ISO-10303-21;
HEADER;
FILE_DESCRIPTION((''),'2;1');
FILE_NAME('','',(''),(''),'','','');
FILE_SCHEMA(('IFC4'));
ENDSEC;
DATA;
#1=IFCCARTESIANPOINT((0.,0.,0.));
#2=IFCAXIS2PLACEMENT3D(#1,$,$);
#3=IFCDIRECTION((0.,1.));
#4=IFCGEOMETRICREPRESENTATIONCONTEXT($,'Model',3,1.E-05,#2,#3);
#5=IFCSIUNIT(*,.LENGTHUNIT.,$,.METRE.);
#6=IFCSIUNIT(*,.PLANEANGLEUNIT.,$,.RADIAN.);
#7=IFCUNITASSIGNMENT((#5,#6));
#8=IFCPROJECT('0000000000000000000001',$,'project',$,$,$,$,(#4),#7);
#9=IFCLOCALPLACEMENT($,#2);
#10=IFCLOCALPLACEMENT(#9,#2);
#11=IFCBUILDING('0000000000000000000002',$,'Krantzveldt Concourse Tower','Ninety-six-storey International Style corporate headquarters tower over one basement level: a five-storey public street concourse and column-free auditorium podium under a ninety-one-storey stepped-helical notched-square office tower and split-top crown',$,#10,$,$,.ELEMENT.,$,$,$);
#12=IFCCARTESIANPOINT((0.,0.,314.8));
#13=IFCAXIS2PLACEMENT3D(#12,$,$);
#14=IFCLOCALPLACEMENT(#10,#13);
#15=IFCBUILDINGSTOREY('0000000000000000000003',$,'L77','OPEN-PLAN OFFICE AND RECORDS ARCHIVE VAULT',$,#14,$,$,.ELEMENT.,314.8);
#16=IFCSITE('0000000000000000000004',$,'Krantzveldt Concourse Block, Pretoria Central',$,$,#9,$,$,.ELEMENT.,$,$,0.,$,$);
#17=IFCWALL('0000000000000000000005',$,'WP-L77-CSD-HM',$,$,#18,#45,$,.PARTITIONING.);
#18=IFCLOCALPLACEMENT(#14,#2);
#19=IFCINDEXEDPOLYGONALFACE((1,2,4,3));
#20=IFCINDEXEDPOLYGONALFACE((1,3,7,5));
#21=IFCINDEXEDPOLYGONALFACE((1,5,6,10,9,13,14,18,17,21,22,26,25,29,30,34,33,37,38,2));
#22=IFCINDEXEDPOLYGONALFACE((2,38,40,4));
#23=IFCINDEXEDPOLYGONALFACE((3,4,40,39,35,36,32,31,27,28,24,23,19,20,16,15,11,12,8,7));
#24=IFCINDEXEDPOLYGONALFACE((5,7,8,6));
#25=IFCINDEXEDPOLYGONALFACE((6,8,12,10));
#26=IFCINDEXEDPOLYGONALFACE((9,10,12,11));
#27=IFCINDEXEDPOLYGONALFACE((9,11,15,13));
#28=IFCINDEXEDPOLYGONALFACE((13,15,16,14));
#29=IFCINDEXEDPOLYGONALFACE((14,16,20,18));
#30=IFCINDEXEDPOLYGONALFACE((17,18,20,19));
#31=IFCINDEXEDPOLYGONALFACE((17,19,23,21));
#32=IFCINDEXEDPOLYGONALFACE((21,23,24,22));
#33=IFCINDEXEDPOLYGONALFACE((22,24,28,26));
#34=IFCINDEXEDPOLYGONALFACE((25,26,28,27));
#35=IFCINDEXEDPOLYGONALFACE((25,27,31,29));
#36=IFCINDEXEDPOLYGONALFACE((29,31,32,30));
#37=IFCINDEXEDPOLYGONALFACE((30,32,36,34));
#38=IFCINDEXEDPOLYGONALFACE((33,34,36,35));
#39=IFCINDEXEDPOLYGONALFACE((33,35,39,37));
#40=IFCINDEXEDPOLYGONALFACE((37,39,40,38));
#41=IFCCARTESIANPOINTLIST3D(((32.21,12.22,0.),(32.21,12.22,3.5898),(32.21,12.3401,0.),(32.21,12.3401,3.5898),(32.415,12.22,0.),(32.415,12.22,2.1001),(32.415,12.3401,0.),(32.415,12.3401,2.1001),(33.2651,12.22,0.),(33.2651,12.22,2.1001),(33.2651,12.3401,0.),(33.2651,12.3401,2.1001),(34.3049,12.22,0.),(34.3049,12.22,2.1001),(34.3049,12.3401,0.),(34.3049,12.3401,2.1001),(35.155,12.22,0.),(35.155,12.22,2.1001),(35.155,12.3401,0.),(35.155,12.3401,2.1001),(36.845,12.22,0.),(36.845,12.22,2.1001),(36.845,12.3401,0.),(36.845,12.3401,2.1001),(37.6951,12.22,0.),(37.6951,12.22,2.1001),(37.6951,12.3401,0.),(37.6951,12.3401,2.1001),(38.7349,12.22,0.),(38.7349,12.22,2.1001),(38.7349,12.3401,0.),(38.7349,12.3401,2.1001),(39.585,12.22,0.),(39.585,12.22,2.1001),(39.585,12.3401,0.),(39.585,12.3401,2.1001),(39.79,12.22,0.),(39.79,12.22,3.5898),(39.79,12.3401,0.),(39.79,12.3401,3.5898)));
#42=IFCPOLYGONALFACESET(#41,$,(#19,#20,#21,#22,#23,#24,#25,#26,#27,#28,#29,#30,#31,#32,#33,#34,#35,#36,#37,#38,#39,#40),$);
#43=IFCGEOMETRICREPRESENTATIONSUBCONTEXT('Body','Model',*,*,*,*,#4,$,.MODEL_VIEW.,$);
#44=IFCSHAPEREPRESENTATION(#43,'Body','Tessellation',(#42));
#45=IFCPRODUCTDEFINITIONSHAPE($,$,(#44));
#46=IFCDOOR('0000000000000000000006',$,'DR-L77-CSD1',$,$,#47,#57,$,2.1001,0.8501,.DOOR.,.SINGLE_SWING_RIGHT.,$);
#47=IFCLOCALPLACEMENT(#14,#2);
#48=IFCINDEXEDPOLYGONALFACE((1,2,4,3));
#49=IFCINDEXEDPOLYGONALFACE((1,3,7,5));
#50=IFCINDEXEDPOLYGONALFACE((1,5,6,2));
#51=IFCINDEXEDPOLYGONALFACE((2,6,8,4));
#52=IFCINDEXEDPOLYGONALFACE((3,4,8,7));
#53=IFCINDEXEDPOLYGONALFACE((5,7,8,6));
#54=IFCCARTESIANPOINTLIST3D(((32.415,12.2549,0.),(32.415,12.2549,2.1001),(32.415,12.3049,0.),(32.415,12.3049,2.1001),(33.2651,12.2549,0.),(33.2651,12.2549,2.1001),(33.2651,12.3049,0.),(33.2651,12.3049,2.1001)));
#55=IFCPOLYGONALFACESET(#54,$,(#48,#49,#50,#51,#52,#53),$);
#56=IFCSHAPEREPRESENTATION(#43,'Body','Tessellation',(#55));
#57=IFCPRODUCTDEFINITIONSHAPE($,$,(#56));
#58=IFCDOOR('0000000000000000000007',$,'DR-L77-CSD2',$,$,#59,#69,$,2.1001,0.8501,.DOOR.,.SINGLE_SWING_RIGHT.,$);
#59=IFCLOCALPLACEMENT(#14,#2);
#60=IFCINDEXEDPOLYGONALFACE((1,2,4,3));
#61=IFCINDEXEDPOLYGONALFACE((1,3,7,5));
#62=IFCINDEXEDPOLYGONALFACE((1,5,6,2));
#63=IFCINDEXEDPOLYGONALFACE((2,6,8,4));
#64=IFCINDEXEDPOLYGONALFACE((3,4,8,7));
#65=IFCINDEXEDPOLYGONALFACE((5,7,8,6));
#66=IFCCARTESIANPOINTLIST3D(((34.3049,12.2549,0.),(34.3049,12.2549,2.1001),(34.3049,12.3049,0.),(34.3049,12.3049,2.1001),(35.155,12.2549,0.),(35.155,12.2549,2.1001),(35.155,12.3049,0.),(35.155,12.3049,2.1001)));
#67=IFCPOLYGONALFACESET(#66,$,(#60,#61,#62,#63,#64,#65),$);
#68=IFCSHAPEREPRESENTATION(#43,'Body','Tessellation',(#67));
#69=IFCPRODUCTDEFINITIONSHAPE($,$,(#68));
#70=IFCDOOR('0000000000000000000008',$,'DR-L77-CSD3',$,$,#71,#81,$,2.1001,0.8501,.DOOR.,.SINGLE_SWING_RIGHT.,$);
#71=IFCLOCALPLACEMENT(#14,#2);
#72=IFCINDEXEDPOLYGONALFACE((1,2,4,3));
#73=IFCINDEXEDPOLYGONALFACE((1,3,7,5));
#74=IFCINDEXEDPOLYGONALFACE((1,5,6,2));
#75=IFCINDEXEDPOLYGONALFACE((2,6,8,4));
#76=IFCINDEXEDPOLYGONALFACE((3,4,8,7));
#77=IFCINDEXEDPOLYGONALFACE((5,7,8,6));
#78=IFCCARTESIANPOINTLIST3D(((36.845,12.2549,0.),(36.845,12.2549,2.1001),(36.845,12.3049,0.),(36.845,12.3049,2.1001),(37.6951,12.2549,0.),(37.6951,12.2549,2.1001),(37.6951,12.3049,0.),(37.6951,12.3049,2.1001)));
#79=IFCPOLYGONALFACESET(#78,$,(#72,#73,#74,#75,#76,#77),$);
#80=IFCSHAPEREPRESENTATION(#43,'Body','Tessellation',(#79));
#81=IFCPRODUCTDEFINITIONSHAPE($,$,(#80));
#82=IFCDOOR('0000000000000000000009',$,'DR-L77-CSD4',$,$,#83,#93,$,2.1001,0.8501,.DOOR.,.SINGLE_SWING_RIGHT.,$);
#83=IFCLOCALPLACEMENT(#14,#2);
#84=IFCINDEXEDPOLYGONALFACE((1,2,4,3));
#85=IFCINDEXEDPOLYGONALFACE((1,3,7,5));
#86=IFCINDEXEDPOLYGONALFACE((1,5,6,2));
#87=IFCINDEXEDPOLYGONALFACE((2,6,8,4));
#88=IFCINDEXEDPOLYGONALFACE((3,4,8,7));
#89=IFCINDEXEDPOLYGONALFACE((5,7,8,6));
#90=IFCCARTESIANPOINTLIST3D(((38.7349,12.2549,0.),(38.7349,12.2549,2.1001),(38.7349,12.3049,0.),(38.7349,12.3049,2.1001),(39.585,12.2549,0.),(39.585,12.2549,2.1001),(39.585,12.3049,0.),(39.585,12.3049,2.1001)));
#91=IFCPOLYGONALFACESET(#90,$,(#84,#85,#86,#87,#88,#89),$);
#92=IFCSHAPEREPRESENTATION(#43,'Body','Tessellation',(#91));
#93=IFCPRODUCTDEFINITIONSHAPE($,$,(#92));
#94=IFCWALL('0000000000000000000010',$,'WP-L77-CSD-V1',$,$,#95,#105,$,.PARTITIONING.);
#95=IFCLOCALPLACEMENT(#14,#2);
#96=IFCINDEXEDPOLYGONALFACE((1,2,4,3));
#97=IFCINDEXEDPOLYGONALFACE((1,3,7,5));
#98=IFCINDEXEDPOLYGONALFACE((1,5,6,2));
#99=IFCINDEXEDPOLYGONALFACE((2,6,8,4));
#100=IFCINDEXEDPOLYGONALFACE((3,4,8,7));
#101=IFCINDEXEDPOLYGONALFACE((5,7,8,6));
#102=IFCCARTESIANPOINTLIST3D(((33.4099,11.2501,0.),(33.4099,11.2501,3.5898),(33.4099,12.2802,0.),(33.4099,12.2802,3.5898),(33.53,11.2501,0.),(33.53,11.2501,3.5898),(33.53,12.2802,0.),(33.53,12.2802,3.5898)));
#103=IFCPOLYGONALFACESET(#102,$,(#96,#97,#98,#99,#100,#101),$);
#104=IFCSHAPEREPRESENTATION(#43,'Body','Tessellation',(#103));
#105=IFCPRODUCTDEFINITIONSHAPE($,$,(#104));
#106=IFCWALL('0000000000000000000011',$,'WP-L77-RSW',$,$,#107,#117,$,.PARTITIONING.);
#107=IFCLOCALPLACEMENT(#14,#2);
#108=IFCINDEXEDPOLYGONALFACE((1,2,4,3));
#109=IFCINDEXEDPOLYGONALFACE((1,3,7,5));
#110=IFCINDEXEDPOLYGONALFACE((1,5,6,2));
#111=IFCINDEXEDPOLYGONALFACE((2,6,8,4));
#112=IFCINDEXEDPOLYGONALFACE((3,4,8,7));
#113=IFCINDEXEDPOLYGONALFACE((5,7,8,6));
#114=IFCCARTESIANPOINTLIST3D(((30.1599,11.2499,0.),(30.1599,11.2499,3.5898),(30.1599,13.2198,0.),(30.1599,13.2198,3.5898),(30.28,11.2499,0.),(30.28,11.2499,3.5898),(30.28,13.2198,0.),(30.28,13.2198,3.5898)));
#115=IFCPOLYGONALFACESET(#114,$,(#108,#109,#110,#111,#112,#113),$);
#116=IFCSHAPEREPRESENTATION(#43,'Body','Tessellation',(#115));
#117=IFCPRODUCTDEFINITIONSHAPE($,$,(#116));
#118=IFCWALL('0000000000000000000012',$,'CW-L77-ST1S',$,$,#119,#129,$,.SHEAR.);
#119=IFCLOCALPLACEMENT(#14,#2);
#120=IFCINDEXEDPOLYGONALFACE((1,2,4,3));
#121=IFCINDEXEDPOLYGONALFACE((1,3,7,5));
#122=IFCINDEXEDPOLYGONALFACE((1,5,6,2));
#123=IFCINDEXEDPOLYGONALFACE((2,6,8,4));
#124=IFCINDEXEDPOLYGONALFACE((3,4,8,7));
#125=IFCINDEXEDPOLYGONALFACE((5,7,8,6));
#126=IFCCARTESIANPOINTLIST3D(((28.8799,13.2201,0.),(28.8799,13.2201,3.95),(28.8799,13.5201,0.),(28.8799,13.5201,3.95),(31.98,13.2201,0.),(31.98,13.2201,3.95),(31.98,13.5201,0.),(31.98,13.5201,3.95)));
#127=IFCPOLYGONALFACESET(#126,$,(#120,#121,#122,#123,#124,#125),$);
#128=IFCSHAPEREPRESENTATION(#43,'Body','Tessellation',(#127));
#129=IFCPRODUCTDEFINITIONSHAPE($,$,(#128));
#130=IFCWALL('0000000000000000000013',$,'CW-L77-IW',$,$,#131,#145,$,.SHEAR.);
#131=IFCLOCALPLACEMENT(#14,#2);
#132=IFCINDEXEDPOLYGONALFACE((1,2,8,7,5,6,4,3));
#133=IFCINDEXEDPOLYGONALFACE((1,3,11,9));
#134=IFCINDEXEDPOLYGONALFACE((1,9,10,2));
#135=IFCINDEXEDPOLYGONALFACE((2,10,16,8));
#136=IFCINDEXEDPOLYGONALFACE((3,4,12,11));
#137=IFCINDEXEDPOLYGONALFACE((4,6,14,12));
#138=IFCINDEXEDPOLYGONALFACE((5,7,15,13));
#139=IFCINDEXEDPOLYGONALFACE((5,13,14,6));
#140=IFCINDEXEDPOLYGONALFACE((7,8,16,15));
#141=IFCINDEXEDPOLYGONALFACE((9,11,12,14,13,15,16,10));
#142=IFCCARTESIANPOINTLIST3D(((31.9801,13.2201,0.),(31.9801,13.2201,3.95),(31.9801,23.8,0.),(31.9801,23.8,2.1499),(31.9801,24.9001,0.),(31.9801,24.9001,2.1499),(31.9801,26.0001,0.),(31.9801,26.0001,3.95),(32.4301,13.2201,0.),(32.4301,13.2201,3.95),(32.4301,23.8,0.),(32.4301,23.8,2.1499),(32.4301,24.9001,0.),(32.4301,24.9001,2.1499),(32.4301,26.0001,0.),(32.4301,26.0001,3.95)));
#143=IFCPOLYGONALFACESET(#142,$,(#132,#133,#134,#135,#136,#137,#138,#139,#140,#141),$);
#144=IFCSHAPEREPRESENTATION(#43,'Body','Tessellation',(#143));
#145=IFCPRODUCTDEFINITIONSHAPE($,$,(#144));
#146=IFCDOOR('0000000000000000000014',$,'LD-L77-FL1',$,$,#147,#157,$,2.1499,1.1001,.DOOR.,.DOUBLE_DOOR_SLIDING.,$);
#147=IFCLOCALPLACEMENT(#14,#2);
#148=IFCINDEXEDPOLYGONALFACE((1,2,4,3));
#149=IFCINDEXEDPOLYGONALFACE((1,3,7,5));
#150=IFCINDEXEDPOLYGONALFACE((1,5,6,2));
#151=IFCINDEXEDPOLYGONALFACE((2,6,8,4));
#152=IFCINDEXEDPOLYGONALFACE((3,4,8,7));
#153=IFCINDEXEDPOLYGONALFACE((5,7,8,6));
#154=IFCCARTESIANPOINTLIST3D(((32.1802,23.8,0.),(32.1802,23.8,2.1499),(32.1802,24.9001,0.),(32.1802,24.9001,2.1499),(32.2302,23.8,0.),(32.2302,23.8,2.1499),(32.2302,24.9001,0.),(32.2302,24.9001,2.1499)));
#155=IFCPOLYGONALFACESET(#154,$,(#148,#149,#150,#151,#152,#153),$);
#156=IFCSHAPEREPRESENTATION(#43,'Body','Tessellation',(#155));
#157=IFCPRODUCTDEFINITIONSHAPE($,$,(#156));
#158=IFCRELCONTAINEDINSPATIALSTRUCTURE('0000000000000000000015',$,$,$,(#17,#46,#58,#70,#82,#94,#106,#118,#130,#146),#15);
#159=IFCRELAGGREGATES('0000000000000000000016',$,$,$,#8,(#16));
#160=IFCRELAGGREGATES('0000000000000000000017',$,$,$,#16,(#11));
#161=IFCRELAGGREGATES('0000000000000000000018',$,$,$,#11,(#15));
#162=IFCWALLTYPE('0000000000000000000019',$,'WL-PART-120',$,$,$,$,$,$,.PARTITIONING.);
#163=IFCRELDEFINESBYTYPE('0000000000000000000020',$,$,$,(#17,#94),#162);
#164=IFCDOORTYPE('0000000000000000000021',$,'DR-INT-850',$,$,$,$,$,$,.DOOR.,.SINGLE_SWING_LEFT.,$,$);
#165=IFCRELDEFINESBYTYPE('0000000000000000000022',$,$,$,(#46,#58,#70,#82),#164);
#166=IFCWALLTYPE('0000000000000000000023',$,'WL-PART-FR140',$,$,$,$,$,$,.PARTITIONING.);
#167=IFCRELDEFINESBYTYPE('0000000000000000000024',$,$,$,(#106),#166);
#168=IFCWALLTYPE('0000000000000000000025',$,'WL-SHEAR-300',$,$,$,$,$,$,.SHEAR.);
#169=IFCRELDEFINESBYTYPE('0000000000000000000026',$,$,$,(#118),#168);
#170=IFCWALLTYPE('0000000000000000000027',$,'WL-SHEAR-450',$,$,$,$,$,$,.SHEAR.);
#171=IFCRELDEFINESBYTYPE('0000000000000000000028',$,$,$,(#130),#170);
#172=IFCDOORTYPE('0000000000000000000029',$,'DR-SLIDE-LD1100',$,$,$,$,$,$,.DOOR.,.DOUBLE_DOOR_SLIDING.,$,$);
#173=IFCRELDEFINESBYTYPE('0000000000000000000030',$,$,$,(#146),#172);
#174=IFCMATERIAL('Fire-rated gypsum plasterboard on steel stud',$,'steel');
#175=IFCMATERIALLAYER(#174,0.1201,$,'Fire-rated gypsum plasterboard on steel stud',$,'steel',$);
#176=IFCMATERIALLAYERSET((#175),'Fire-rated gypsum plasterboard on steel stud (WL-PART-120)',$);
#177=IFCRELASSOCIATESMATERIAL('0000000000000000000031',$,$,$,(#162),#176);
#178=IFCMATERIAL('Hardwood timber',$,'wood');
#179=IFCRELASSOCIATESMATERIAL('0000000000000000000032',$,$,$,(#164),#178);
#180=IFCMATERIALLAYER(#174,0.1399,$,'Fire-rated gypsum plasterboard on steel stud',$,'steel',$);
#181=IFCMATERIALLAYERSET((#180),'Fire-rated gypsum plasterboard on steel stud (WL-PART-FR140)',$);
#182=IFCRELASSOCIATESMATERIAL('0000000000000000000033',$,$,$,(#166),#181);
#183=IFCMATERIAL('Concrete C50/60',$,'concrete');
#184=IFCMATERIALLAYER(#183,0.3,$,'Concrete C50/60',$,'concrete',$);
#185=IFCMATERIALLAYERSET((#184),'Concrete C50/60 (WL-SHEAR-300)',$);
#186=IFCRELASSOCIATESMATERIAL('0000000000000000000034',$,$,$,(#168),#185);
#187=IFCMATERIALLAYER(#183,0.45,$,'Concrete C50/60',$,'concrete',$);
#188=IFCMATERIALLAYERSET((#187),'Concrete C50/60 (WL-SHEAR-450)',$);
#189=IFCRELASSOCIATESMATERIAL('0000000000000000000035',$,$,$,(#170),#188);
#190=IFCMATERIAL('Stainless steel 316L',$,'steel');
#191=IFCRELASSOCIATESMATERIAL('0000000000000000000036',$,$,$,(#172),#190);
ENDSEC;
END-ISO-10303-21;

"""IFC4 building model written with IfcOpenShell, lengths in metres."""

from ifc_helpers import new_model, si_unit, direction, frame, frame_2d, origin, place, context, subcontext, project, spatial, rectangle, extrude, material, layer, layer_set, type_object, element, fill, save


model = new_model("IFC4")

# Units and contexts
model_context = context("Model", 3, precision=1e-05, world=origin(), true_north=direction((0.0, 1.0)))
body_context = subcontext(model_context, "Body", "Model", "MODEL_VIEW")
ifc_project = project(units=[si_unit("LENGTHUNIT", "METRE"), si_unit("PLANEANGLEUNIT", "RADIAN")], contexts=[model_context])

# Site, building, storey
site_placement = place(None, origin())
site = spatial("IfcSite", under=ifc_project, at=site_placement, Name="Krantzveldt Concourse Block, Pretoria Central", CompositionType="ELEMENT", RefElevation=0.0)
building_placement = place(site_placement, origin())
building = spatial("IfcBuilding", under=site, at=building_placement, Name="Krantzveldt Concourse Tower", Description="Ninety-six-storey International Style corporate headquarters tower over one basement level: a five-storey public street concourse and column-free auditorium podium under a ninety-one-storey stepped-helical notched-square office tower and split-top crown", CompositionType="ELEMENT")
storey_placement = place(building_placement, frame((0.0, 0.0, 314.8)))
storey = spatial("IfcBuildingStorey", under=building, at=storey_placement, Name="L77", Description="OPEN-PLAN OFFICE AND RECORDS ARCHIVE VAULT", CompositionType="ELEMENT", Elevation=314.8)

# Shared definitions
ifc_material_1 = material(Name="Fire-rated gypsum plasterboard on steel stud", Category="steel")
ifc_layer_1 = layer(ifc_material_1, 0.1201, Name="Fire-rated gypsum plasterboard on steel stud", Category="steel")
ifc_layer_set_1 = layer_set([ifc_layer_1], Name="Fire-rated gypsum plasterboard on steel stud (WL-PART-120)")
wall_type_1 = type_object("IfcWallType", Name="WL-PART-120", PredefinedType="PARTITIONING", material=ifc_layer_set_1)
ifc_material_2 = material(Name="Hardwood timber", Category="wood")
door_type_1 = type_object("IfcDoorType", Name="DR-INT-850", OperationType="SINGLE_SWING_LEFT", PredefinedType="DOOR", material=ifc_material_2)

# Wall, openings, doors
wall_1_placement = place(storey_placement, frame((32.21, 12.28, 0.0), z_axis=(0.0, 0.0, 1.0), x_axis=(1.0, 0.0, 0.0)))
wall_1 = element("IfcWall", 1, at=wall_1_placement, inside=storey, type_object=wall_type_1, Name="WP-L77-CSD-HM", PredefinedType="PARTITIONING", context=body_context, shape_type="SweptSolid", body=[
    extrude(rectangle(XDim=7.5801, YDim=0.1201, at=frame_2d((3.79, 0.0))), origin(), (0.0, 0.0, 1.0), 3.5898),
])
opening_1_placement = place(wall_1_placement, frame((0.2051, 0.0, 0.0)))
opening_1 = element("IfcOpeningElement", 2, at=opening_1_placement, cuts=wall_1, PredefinedType="OPENING", context=body_context, shape_type="SweptSolid", body=[
    extrude(rectangle(XDim=0.8501, YDim=2.1001, at=frame_2d((0.425, 1.05))), frame((0.0, 0.0701, 0.0), z_axis=(0.0, -1.0, 0.0), x_axis=(1.0, 0.0, 0.0)), (0.0, 0.0, 1.0), 0.1401),
])
opening_2_placement = place(wall_1_placement, frame((2.095, 0.0, 0.0)))
opening_2 = element("IfcOpeningElement", 3, at=opening_2_placement, cuts=wall_1, PredefinedType="OPENING", context=body_context, shape_type="SweptSolid", body=[
    extrude(rectangle(XDim=0.8501, YDim=2.1001, at=frame_2d((0.425, 1.05))), frame((0.0, 0.0701, 0.0), z_axis=(0.0, -1.0, 0.0), x_axis=(1.0, 0.0, 0.0)), (0.0, 0.0, 1.0), 0.1401),
])
opening_3_placement = place(wall_1_placement, frame((4.635, 0.0, 0.0)))
opening_3 = element("IfcOpeningElement", 4, at=opening_3_placement, cuts=wall_1, PredefinedType="OPENING", context=body_context, shape_type="SweptSolid", body=[
    extrude(rectangle(XDim=0.8501, YDim=2.1001, at=frame_2d((0.425, 1.05))), frame((0.0, 0.0701, 0.0), z_axis=(0.0, -1.0, 0.0), x_axis=(1.0, 0.0, 0.0)), (0.0, 0.0, 1.0), 0.1401),
])
opening_4_placement = place(wall_1_placement, frame((6.5249, 0.0, 0.0)))
opening_4 = element("IfcOpeningElement", 5, at=opening_4_placement, cuts=wall_1, PredefinedType="OPENING", context=body_context, shape_type="SweptSolid", body=[
    extrude(rectangle(XDim=0.8501, YDim=2.1001, at=frame_2d((0.425, 1.05))), frame((0.0, 0.0701, 0.0), z_axis=(0.0, -1.0, 0.0), x_axis=(1.0, 0.0, 0.0)), (0.0, 0.0, 1.0), 0.1401),
])
door_1_placement = place(opening_1_placement, origin())
door_1 = element("IfcDoor", 6, at=door_1_placement, inside=storey, type_object=door_type_1, Name="DR-L77-CSD1", OperationType="SINGLE_SWING_RIGHT", OverallHeight=2.1001, OverallWidth=0.8501, PredefinedType="DOOR", context=body_context, shape_type="SweptSolid", body=[
    extrude(rectangle(XDim=0.8501, YDim=2.1001, at=frame_2d((0.425, 1.05))), frame((0.0, 0.0249, 0.0), z_axis=(0.0, -1.0, 0.0), x_axis=(1.0, 0.0, 0.0)), (0.0, 0.0, 1.0), 0.05),
])
fill(opening_1, door_1)
door_2_placement = place(opening_2_placement, origin())
door_2 = element("IfcDoor", 7, at=door_2_placement, inside=storey, type_object=door_type_1, Name="DR-L77-CSD2", OperationType="SINGLE_SWING_RIGHT", OverallHeight=2.1001, OverallWidth=0.8501, PredefinedType="DOOR", context=body_context, shape_type="SweptSolid", body=[
    extrude(rectangle(XDim=0.8501, YDim=2.1001, at=frame_2d((0.425, 1.05))), frame((0.0, 0.0249, 0.0), z_axis=(0.0, -1.0, 0.0), x_axis=(1.0, 0.0, 0.0)), (0.0, 0.0, 1.0), 0.05),
])
fill(opening_2, door_2)
door_3_placement = place(opening_3_placement, origin())
door_3 = element("IfcDoor", 8, at=door_3_placement, inside=storey, type_object=door_type_1, Name="DR-L77-CSD3", OperationType="SINGLE_SWING_RIGHT", OverallHeight=2.1001, OverallWidth=0.8501, PredefinedType="DOOR", context=body_context, shape_type="SweptSolid", body=[
    extrude(rectangle(XDim=0.8501, YDim=2.1001, at=frame_2d((0.425, 1.05))), frame((0.0, 0.0249, 0.0), z_axis=(0.0, -1.0, 0.0), x_axis=(1.0, 0.0, 0.0)), (0.0, 0.0, 1.0), 0.05),
])
fill(opening_3, door_3)
door_4_placement = place(opening_4_placement, origin())
door_4 = element("IfcDoor", 9, at=door_4_placement, inside=storey, type_object=door_type_1, Name="DR-L77-CSD4", OperationType="SINGLE_SWING_RIGHT", OverallHeight=2.1001, OverallWidth=0.8501, PredefinedType="DOOR", context=body_context, shape_type="SweptSolid", body=[
    extrude(rectangle(XDim=0.8501, YDim=2.1001, at=frame_2d((0.425, 1.05))), frame((0.0, 0.0249, 0.0), z_axis=(0.0, -1.0, 0.0), x_axis=(1.0, 0.0, 0.0)), (0.0, 0.0, 1.0), 0.05),
])
fill(opening_4, door_4)

# Walls
wall_2_placement = place(storey_placement, frame((33.47, 11.25, 0.0), z_axis=(0.0, 0.0, 1.0), x_axis=(0.0, 1.0, 0.0)))
element("IfcWall", 10, at=wall_2_placement, inside=storey, type_object=wall_type_1, Name="WP-L77-CSD-V1", PredefinedType="PARTITIONING", context=body_context, shape_type="SweptSolid", body=[
    extrude(rectangle(XDim=1.03, YDim=0.1201, at=frame_2d((0.5151, 0.0))), origin(), (0.0, 0.0, 1.0), 3.5898),
])
ifc_layer_2 = layer(ifc_material_1, 0.1399, Name="Fire-rated gypsum plasterboard on steel stud", Category="steel")
ifc_layer_set_2 = layer_set([ifc_layer_2], Name="Fire-rated gypsum plasterboard on steel stud (WL-PART-FR140)")
wall_type_2 = type_object("IfcWallType", Name="WL-PART-FR140", PredefinedType="PARTITIONING", material=ifc_layer_set_2)
wall_3_placement = place(storey_placement, frame((30.22, 11.25, 0.0), z_axis=(0.0, 0.0, 1.0), x_axis=(0.0, 1.0, 0.0)))
element("IfcWall", 11, at=wall_3_placement, inside=storey, type_object=wall_type_2, Name="WP-L77-RSW", PredefinedType="PARTITIONING", context=body_context, shape_type="SweptSolid", body=[
    extrude(rectangle(XDim=1.97, YDim=0.1201, at=frame_2d((0.9849, 0.0))), origin(), (0.0, 0.0, 1.0), 3.5898),
])
ifc_material_3 = material(Name="Concrete C50/60", Category="concrete")
ifc_layer_3 = layer(ifc_material_3, 0.3, Name="Concrete C50/60", Category="concrete")
ifc_layer_set_3 = layer_set([ifc_layer_3], Name="Concrete C50/60 (WL-SHEAR-300)")
wall_type_3 = type_object("IfcWallType", Name="WL-SHEAR-300", PredefinedType="SHEAR", material=ifc_layer_set_3)
wall_4_placement = place(storey_placement, frame((28.8799, 13.3701, 0.0), z_axis=(0.0, 0.0, 1.0), x_axis=(1.0, 0.0, 0.0)))
element("IfcWall", 12, at=wall_4_placement, inside=storey, type_object=wall_type_3, Name="CW-L77-ST1S", PredefinedType="SHEAR", context=body_context, shape_type="SweptSolid", body=[
    extrude(rectangle(XDim=3.1001, YDim=0.3, at=frame_2d((1.55, 0.0))), origin(), (0.0, 0.0, 1.0), 3.95),
])

# Wall, opening, door
ifc_layer_4 = layer(ifc_material_3, 0.45, Name="Concrete C50/60", Category="concrete")
ifc_layer_set_4 = layer_set([ifc_layer_4], Name="Concrete C50/60 (WL-SHEAR-450)")
wall_type_4 = type_object("IfcWallType", Name="WL-SHEAR-450", PredefinedType="SHEAR", material=ifc_layer_set_4)
wall_5_placement = place(storey_placement, frame((32.2051, 13.22, 0.0), z_axis=(0.0, 0.0, 1.0), x_axis=(0.0, 1.0, 0.0)))
wall_5 = element("IfcWall", 13, at=wall_5_placement, inside=storey, type_object=wall_type_4, Name="CW-L77-IW", PredefinedType="SHEAR", context=body_context, shape_type="SweptSolid", body=[
    extrude(rectangle(XDim=12.78, YDim=0.45, at=frame_2d((6.3901, 0.0))), origin(), (0.0, 0.0, 1.0), 3.95),
])
opening_5_placement = place(wall_5_placement, frame((10.5801, 0.0, 0.0)))
opening_5 = element("IfcOpeningElement", 14, at=opening_5_placement, cuts=wall_5, PredefinedType="OPENING", context=body_context, shape_type="SweptSolid", body=[
    extrude(rectangle(XDim=1.1001, YDim=2.1499, at=frame_2d((0.55, 1.075))), frame((0.0, 0.2349, 0.0), z_axis=(0.0, -1.0, 0.0), x_axis=(1.0, 0.0, 0.0)), (0.0, 0.0, 1.0), 0.47),
])
ifc_material_4 = material(Name="Stainless steel 316L", Category="steel")
door_type_2 = type_object("IfcDoorType", Name="DR-SLIDE-LD1100", OperationType="DOUBLE_DOOR_SLIDING", PredefinedType="DOOR", material=ifc_material_4)
door_5_placement = place(opening_5_placement, origin())
door_5 = element("IfcDoor", 15, at=door_5_placement, inside=storey, type_object=door_type_2, Name="LD-L77-FL1", OperationType="DOUBLE_DOOR_SLIDING", OverallHeight=2.1499, OverallWidth=1.1001, PredefinedType="DOOR", context=body_context, shape_type="SweptSolid", body=[
    extrude(rectangle(XDim=1.1001, YDim=2.1499, at=frame_2d((0.55, 1.075))), frame((0.0, 0.0249, 0.0), z_axis=(0.0, -1.0, 0.0), x_axis=(1.0, 0.0, 0.0)), (0.0, 0.0, 1.0), 0.05),
])
fill(opening_5, door_5)

save(model, "model.ifc")
